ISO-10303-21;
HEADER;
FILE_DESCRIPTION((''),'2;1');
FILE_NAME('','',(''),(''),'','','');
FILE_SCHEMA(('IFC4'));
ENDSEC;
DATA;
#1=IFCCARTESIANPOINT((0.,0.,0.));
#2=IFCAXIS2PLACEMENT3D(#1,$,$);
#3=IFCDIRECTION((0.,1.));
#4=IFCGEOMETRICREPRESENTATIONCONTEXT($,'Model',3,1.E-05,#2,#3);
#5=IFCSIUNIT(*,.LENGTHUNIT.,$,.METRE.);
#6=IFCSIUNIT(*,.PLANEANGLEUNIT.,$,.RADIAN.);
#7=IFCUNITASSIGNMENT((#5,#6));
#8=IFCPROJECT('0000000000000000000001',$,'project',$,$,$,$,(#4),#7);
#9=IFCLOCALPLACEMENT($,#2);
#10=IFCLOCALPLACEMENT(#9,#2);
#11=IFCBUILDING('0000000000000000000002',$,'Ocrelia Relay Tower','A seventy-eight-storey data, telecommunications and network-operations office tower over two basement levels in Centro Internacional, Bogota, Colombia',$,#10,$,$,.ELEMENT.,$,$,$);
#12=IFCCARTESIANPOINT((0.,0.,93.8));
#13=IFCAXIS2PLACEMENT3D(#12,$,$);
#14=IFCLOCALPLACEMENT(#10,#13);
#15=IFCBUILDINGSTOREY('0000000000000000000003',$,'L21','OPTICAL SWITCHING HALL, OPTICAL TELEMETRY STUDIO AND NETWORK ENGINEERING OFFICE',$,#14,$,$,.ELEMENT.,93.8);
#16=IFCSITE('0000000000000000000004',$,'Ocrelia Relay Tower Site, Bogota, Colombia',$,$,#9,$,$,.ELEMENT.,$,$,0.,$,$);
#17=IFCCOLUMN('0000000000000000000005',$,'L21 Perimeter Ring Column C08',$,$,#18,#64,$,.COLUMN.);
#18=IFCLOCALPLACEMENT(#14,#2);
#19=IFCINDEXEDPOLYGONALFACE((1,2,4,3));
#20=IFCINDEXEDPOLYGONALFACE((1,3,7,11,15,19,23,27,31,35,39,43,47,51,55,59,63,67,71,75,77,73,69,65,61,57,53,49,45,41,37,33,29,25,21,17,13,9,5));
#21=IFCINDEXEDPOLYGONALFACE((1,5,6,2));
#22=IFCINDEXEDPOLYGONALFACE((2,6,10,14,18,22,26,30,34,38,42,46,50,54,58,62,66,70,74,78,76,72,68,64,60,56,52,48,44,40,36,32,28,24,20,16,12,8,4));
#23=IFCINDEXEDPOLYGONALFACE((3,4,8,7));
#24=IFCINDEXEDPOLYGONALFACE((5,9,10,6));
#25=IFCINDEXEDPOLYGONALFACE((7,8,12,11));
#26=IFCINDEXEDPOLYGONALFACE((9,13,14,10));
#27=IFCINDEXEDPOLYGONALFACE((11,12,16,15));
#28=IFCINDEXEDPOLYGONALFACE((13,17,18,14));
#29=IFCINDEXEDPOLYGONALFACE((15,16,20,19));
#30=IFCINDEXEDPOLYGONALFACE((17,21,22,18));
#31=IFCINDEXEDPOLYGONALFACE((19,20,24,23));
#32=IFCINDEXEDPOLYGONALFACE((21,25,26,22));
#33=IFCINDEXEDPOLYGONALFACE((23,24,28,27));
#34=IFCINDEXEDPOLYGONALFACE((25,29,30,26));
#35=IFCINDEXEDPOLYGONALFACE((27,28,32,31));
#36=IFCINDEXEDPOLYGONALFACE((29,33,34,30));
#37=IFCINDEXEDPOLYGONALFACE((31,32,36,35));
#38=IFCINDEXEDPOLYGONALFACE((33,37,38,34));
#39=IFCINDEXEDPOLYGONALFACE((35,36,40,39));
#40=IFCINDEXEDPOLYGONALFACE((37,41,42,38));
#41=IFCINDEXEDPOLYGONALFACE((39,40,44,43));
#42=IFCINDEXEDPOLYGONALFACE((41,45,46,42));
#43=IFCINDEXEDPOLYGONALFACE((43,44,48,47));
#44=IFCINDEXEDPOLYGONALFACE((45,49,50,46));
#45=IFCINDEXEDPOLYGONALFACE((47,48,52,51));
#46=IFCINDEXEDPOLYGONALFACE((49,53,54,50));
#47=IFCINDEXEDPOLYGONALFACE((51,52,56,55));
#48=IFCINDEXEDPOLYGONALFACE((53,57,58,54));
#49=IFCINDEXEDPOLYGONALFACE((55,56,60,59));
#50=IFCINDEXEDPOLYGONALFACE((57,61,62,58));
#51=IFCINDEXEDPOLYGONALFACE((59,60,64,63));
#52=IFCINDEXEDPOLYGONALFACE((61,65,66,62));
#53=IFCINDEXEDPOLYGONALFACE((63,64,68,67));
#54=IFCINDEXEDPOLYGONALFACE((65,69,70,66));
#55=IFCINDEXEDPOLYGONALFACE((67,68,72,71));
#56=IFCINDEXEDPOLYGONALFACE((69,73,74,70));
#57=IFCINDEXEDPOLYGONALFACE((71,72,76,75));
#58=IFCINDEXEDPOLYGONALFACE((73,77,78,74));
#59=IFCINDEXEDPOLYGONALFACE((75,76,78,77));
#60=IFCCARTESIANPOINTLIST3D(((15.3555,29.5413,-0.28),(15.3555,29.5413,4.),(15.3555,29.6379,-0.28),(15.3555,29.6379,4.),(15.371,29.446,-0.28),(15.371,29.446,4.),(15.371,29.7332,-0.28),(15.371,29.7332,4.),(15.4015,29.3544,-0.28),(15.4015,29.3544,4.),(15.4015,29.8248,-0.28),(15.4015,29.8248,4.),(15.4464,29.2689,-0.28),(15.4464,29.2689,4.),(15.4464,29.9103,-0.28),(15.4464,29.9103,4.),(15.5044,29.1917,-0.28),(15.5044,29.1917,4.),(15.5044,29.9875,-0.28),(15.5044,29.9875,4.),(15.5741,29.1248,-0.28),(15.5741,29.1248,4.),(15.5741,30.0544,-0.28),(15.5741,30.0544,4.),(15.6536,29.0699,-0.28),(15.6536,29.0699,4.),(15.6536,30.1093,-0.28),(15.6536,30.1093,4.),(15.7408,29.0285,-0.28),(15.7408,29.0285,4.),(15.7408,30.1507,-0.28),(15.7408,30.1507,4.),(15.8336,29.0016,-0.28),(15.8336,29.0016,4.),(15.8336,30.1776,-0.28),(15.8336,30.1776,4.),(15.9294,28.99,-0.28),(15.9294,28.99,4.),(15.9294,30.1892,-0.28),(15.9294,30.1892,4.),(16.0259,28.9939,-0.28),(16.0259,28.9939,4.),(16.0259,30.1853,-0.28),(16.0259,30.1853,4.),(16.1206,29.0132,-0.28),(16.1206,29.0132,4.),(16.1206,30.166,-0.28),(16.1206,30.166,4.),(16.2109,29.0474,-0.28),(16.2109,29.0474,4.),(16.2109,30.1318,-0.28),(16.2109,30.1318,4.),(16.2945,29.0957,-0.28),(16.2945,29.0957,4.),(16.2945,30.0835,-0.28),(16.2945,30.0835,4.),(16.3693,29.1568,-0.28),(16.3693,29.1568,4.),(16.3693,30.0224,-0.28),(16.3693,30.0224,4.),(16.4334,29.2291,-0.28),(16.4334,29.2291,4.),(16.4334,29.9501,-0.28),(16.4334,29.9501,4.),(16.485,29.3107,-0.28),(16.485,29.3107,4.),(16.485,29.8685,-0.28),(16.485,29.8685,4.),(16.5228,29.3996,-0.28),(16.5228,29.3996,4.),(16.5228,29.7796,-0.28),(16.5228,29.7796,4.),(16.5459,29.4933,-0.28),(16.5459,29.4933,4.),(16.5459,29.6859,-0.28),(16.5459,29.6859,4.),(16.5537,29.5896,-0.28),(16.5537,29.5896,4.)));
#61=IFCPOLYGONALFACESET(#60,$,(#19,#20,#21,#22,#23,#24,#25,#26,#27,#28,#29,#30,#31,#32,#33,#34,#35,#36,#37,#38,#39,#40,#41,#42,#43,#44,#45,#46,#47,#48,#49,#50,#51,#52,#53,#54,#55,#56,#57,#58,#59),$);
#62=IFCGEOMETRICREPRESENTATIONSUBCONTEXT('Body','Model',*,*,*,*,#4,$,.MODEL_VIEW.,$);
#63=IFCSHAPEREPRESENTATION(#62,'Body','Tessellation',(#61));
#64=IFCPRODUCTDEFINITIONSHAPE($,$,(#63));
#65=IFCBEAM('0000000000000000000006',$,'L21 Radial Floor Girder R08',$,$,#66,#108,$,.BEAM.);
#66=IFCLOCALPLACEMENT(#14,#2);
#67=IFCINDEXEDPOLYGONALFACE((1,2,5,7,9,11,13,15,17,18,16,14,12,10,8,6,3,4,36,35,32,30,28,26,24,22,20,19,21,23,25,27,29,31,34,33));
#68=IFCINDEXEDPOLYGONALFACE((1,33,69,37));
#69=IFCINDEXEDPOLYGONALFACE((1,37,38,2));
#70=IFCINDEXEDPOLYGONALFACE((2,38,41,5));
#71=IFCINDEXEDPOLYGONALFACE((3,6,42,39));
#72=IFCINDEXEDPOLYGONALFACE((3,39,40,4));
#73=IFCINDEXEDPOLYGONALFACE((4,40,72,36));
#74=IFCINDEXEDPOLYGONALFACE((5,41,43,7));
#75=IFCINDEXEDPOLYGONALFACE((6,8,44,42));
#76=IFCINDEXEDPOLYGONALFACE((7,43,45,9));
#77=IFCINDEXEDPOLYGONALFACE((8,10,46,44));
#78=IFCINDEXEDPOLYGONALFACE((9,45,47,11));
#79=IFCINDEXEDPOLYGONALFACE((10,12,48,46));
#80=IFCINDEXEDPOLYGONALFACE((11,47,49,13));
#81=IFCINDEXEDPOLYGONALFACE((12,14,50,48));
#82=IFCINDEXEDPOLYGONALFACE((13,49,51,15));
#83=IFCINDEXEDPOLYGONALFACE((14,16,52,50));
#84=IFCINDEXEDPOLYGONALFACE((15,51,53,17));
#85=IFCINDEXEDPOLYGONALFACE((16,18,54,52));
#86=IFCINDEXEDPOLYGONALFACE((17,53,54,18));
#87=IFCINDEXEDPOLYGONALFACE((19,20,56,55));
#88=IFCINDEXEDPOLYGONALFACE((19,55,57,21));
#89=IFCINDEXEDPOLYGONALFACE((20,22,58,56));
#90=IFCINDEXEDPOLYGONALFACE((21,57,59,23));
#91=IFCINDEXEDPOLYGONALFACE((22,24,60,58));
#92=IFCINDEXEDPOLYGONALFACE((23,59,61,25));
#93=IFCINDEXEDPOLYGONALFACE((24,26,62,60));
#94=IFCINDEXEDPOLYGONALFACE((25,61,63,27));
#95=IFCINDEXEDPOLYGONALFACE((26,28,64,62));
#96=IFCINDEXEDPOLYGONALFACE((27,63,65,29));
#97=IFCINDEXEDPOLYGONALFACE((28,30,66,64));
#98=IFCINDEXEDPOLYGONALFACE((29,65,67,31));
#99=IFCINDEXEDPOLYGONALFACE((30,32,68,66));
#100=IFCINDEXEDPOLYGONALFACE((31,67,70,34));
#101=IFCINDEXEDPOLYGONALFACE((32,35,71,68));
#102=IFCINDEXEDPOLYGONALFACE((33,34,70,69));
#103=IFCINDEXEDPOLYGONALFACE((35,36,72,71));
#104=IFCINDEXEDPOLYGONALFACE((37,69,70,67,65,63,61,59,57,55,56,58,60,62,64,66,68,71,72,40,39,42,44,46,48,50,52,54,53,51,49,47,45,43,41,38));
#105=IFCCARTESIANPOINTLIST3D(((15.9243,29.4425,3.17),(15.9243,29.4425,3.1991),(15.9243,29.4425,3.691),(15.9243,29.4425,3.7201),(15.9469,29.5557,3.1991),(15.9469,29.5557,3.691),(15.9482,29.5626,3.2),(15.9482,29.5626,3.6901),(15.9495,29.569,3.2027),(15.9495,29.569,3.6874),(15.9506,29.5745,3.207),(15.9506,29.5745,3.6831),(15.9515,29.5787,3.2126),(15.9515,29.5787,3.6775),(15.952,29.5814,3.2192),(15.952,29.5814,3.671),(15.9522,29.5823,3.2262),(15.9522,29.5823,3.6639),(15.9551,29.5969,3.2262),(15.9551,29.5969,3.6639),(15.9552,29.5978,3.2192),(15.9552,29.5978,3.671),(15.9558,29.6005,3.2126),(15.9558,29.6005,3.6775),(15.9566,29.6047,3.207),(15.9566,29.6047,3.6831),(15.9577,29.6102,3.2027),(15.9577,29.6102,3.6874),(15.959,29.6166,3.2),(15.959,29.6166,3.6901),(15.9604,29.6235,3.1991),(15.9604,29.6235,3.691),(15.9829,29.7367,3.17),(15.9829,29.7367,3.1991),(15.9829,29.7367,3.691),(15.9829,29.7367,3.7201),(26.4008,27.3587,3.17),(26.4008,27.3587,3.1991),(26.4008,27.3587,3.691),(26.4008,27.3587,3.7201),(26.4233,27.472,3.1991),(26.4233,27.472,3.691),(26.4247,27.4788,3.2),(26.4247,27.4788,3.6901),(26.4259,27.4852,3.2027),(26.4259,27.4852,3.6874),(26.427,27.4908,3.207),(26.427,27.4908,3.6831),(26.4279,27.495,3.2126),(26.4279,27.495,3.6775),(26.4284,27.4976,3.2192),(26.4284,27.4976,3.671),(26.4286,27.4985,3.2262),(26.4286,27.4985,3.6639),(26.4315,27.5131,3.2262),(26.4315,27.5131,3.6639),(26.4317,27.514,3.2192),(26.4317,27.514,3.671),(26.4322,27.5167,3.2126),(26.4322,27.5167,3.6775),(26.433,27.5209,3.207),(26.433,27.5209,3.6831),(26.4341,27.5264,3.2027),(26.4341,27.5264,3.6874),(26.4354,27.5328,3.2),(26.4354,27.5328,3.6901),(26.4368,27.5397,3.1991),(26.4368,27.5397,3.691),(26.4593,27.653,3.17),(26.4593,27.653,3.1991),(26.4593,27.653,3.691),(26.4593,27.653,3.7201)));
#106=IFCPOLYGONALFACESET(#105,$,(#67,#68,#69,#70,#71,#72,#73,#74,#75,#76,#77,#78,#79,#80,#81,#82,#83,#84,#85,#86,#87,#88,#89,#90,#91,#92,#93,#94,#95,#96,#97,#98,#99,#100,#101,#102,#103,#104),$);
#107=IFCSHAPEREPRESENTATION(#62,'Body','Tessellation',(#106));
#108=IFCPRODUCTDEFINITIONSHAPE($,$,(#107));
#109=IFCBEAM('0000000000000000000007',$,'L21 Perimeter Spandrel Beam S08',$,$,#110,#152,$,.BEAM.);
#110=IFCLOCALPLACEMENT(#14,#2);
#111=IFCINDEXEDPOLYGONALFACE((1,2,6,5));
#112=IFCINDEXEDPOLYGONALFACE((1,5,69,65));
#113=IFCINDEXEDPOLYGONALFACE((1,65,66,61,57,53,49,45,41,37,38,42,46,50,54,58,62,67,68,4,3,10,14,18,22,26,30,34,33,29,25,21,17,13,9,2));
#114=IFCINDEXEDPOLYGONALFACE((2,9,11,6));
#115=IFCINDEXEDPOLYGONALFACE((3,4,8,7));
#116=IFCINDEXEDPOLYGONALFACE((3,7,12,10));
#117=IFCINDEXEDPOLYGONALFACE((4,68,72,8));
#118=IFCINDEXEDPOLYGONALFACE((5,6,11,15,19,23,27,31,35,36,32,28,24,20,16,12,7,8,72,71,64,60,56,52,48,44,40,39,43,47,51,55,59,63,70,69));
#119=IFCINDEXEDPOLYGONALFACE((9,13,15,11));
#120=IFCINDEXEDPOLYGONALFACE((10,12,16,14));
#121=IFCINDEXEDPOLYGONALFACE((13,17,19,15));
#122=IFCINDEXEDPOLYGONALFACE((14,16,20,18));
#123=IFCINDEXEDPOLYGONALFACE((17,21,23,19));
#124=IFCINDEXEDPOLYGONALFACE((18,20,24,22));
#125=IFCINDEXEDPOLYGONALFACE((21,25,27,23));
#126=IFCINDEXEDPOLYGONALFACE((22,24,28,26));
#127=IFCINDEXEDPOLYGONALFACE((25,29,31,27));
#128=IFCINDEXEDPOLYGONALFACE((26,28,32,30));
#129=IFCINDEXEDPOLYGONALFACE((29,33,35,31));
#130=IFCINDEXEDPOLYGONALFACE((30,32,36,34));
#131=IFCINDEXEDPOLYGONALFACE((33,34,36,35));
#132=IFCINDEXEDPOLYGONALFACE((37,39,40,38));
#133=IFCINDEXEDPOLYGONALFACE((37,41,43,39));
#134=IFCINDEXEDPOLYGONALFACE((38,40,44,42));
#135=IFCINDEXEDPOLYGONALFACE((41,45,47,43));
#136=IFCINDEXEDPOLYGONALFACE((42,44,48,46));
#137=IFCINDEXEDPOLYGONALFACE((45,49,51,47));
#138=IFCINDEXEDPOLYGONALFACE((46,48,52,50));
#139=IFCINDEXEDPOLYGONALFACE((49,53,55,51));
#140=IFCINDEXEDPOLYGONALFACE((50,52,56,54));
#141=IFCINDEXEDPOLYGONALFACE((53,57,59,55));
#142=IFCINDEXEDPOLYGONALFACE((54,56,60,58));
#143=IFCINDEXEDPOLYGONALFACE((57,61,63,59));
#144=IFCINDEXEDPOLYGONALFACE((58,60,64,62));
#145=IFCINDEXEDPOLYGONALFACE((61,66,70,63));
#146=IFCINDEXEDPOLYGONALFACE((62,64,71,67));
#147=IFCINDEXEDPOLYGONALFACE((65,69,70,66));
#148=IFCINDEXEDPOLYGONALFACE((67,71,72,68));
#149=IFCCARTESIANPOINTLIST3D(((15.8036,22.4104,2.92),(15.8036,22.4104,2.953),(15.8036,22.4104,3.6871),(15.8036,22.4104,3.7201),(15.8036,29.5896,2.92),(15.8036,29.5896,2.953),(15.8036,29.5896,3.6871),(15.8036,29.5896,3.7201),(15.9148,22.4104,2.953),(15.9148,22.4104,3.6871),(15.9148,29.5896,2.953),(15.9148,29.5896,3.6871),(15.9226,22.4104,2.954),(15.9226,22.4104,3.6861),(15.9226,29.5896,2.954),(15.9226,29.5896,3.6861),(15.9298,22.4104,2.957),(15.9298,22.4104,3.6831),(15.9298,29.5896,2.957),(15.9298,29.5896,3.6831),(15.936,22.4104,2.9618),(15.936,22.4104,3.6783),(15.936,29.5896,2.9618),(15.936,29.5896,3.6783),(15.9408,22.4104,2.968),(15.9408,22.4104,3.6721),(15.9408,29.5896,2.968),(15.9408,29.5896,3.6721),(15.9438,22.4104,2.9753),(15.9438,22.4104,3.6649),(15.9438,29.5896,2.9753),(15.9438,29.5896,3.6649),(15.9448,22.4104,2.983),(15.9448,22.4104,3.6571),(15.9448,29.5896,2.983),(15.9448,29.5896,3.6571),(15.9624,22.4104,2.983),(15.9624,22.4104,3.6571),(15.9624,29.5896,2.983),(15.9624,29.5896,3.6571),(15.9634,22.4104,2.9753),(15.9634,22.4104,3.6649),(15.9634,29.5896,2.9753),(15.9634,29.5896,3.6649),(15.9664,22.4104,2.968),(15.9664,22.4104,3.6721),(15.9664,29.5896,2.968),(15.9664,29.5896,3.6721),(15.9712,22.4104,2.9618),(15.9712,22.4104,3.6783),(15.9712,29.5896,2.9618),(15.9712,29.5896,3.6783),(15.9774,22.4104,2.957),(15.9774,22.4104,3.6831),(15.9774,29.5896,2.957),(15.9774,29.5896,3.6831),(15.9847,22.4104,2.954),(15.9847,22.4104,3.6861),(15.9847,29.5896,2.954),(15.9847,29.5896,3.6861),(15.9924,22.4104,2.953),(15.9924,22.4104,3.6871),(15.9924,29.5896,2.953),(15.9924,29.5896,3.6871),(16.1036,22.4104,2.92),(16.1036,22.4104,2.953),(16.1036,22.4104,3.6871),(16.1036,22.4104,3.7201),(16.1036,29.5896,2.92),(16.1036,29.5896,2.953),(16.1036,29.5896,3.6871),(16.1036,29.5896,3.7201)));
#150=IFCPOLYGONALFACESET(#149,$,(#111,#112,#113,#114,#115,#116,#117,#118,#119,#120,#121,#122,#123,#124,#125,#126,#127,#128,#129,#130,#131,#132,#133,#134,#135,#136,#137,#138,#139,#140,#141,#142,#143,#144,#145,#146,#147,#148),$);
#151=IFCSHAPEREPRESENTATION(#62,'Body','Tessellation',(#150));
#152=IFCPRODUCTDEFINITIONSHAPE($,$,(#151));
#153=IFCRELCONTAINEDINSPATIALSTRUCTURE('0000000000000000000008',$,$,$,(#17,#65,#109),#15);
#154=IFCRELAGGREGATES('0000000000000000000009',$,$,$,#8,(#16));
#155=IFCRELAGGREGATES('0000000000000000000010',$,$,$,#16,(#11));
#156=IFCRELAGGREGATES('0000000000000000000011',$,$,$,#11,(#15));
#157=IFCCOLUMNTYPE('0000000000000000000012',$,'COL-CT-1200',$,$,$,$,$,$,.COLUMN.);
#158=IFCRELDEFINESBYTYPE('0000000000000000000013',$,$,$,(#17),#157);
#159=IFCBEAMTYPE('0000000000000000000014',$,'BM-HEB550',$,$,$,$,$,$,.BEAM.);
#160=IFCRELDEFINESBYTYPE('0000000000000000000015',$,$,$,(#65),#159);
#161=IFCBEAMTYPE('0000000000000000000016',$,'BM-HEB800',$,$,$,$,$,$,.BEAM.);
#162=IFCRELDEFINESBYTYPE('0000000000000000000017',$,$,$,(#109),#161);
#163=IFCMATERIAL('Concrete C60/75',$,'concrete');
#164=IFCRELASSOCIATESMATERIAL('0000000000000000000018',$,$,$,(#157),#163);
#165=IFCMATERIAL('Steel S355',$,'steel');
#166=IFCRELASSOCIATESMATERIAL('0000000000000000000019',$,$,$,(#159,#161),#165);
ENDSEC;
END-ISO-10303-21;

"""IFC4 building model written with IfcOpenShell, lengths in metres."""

from ifc_helpers import new_model, si_unit, direction, frame, origin, origin_2d, place, context, subcontext, project, spatial, circle, i_section, extrude, material, material_profile, profile_set, type_object, element, save


model = new_model("IFC4")

# Units and contexts
model_context = context("Model", 3, precision=1e-05, world=origin(), true_north=direction((0.0, 1.0)))
body_context = subcontext(model_context, "Body", "Model", "MODEL_VIEW")
ifc_project = project(units=[si_unit("LENGTHUNIT", "METRE"), si_unit("PLANEANGLEUNIT", "RADIAN")], contexts=[model_context])

# Site, building, storey
site_placement = place(None, origin())
site = spatial("IfcSite", under=ifc_project, at=site_placement, Name="Ocrelia Relay Tower Site, Bogota, Colombia", CompositionType="ELEMENT", RefElevation=0.0)
building_placement = place(site_placement, origin())
building = spatial("IfcBuilding", under=site, at=building_placement, Name="Ocrelia Relay Tower", Description="A seventy-eight-storey data, telecommunications and network-operations office tower over two basement levels in Centro Internacional, Bogota, Colombia", CompositionType="ELEMENT")
storey_placement = place(building_placement, frame((0.0, 0.0, 93.8)))
storey = spatial("IfcBuildingStorey", under=building, at=storey_placement, Name="L21", Description="OPTICAL SWITCHING HALL, OPTICAL TELEMETRY STUDIO AND NETWORK ENGINEERING OFFICE", CompositionType="ELEMENT", Elevation=93.8)

# Column
ifc_material_1 = material(Name="Concrete C60/75", Category="concrete")
ifc_material_profile_1 = material_profile(ifc_material_1, circle(Radius=0.6001, at=origin_2d()), Name="RC-CIR-1200")
ifc_profile_set_1 = profile_set([ifc_material_profile_1], Name="Concrete C60/75")
column_type = type_object("IfcColumnType", Name="COL-CT-1200", PredefinedType="COLUMN", material=ifc_profile_set_1)
column_placement = place(storey_placement, frame((15.9536, 29.5896, -0.28), z_axis=(0.0, 0.0, 1.0), x_axis=(1.0, 0.0, 0.0)))
element("IfcColumn", 1, at=column_placement, inside=storey, type_object=column_type, Name="L21 Perimeter Ring Column C08", PredefinedType="COLUMN", context=body_context, shape_type="SweptSolid", body=[
    extrude(circle(Radius=0.6001, at=origin_2d()), origin(), (0.0, 0.0, 1.0), 4.28),
])

# Beams
ifc_material_2 = material(Name="Steel S355", Category="steel")
ifc_material_profile_2 = material_profile(ifc_material_2, i_section(OverallWidth=0.3, OverallDepth=0.55, WebThickness=0.0149, FlangeThickness=0.0291, FilletRadius=0.0271, at=origin_2d()), Name="HEB 550")
ifc_profile_set_2 = profile_set([ifc_material_profile_2], Name="Steel S355")
beam_type_1 = type_object("IfcBeamType", Name="BM-HEB550", PredefinedType="BEAM", material=ifc_profile_set_2)
beam_1_placement = place(storey_placement, frame((15.9536, 29.5896, 3.4451), z_axis=(0.980788, -0.195079, 0.0), x_axis=(0.195079, 0.980788, 0.0)))
element("IfcBeam", 2, at=beam_1_placement, inside=storey, type_object=beam_type_1, Name="L21 Radial Floor Girder R08", PredefinedType="BEAM", context=body_context, shape_type="SweptSolid", body=[
    extrude(i_section(OverallWidth=0.3, OverallDepth=0.55, WebThickness=0.0149, FlangeThickness=0.0291, FilletRadius=0.0271, at=origin_2d()), origin(), (0.0, 0.0, 1.0), 10.6816),
])
ifc_material_profile_3 = material_profile(ifc_material_2, i_section(OverallWidth=0.3, OverallDepth=0.8, WebThickness=0.0176, FlangeThickness=0.033, FilletRadius=0.03, at=origin_2d()), Name="HEB 800")
ifc_profile_set_3 = profile_set([ifc_material_profile_3], Name="Steel S355")
beam_type_2 = type_object("IfcBeamType", Name="BM-HEB800", PredefinedType="BEAM", material=ifc_profile_set_3)
beam_2_placement = place(storey_placement, frame((15.9536, 29.5896, 3.3201), z_axis=(0.0, -1.0, 0.0), x_axis=(1.0, 0.0, 0.0)))
element("IfcBeam", 3, at=beam_2_placement, inside=storey, type_object=beam_type_2, Name="L21 Perimeter Spandrel Beam S08", PredefinedType="BEAM", context=body_context, shape_type="SweptSolid", body=[
    extrude(i_section(OverallWidth=0.3, OverallDepth=0.8, WebThickness=0.0176, FlangeThickness=0.033, FilletRadius=0.03, at=origin_2d()), origin(), (0.0, 0.0, 1.0), 7.1792),
])

save(model, "model.ifc")
